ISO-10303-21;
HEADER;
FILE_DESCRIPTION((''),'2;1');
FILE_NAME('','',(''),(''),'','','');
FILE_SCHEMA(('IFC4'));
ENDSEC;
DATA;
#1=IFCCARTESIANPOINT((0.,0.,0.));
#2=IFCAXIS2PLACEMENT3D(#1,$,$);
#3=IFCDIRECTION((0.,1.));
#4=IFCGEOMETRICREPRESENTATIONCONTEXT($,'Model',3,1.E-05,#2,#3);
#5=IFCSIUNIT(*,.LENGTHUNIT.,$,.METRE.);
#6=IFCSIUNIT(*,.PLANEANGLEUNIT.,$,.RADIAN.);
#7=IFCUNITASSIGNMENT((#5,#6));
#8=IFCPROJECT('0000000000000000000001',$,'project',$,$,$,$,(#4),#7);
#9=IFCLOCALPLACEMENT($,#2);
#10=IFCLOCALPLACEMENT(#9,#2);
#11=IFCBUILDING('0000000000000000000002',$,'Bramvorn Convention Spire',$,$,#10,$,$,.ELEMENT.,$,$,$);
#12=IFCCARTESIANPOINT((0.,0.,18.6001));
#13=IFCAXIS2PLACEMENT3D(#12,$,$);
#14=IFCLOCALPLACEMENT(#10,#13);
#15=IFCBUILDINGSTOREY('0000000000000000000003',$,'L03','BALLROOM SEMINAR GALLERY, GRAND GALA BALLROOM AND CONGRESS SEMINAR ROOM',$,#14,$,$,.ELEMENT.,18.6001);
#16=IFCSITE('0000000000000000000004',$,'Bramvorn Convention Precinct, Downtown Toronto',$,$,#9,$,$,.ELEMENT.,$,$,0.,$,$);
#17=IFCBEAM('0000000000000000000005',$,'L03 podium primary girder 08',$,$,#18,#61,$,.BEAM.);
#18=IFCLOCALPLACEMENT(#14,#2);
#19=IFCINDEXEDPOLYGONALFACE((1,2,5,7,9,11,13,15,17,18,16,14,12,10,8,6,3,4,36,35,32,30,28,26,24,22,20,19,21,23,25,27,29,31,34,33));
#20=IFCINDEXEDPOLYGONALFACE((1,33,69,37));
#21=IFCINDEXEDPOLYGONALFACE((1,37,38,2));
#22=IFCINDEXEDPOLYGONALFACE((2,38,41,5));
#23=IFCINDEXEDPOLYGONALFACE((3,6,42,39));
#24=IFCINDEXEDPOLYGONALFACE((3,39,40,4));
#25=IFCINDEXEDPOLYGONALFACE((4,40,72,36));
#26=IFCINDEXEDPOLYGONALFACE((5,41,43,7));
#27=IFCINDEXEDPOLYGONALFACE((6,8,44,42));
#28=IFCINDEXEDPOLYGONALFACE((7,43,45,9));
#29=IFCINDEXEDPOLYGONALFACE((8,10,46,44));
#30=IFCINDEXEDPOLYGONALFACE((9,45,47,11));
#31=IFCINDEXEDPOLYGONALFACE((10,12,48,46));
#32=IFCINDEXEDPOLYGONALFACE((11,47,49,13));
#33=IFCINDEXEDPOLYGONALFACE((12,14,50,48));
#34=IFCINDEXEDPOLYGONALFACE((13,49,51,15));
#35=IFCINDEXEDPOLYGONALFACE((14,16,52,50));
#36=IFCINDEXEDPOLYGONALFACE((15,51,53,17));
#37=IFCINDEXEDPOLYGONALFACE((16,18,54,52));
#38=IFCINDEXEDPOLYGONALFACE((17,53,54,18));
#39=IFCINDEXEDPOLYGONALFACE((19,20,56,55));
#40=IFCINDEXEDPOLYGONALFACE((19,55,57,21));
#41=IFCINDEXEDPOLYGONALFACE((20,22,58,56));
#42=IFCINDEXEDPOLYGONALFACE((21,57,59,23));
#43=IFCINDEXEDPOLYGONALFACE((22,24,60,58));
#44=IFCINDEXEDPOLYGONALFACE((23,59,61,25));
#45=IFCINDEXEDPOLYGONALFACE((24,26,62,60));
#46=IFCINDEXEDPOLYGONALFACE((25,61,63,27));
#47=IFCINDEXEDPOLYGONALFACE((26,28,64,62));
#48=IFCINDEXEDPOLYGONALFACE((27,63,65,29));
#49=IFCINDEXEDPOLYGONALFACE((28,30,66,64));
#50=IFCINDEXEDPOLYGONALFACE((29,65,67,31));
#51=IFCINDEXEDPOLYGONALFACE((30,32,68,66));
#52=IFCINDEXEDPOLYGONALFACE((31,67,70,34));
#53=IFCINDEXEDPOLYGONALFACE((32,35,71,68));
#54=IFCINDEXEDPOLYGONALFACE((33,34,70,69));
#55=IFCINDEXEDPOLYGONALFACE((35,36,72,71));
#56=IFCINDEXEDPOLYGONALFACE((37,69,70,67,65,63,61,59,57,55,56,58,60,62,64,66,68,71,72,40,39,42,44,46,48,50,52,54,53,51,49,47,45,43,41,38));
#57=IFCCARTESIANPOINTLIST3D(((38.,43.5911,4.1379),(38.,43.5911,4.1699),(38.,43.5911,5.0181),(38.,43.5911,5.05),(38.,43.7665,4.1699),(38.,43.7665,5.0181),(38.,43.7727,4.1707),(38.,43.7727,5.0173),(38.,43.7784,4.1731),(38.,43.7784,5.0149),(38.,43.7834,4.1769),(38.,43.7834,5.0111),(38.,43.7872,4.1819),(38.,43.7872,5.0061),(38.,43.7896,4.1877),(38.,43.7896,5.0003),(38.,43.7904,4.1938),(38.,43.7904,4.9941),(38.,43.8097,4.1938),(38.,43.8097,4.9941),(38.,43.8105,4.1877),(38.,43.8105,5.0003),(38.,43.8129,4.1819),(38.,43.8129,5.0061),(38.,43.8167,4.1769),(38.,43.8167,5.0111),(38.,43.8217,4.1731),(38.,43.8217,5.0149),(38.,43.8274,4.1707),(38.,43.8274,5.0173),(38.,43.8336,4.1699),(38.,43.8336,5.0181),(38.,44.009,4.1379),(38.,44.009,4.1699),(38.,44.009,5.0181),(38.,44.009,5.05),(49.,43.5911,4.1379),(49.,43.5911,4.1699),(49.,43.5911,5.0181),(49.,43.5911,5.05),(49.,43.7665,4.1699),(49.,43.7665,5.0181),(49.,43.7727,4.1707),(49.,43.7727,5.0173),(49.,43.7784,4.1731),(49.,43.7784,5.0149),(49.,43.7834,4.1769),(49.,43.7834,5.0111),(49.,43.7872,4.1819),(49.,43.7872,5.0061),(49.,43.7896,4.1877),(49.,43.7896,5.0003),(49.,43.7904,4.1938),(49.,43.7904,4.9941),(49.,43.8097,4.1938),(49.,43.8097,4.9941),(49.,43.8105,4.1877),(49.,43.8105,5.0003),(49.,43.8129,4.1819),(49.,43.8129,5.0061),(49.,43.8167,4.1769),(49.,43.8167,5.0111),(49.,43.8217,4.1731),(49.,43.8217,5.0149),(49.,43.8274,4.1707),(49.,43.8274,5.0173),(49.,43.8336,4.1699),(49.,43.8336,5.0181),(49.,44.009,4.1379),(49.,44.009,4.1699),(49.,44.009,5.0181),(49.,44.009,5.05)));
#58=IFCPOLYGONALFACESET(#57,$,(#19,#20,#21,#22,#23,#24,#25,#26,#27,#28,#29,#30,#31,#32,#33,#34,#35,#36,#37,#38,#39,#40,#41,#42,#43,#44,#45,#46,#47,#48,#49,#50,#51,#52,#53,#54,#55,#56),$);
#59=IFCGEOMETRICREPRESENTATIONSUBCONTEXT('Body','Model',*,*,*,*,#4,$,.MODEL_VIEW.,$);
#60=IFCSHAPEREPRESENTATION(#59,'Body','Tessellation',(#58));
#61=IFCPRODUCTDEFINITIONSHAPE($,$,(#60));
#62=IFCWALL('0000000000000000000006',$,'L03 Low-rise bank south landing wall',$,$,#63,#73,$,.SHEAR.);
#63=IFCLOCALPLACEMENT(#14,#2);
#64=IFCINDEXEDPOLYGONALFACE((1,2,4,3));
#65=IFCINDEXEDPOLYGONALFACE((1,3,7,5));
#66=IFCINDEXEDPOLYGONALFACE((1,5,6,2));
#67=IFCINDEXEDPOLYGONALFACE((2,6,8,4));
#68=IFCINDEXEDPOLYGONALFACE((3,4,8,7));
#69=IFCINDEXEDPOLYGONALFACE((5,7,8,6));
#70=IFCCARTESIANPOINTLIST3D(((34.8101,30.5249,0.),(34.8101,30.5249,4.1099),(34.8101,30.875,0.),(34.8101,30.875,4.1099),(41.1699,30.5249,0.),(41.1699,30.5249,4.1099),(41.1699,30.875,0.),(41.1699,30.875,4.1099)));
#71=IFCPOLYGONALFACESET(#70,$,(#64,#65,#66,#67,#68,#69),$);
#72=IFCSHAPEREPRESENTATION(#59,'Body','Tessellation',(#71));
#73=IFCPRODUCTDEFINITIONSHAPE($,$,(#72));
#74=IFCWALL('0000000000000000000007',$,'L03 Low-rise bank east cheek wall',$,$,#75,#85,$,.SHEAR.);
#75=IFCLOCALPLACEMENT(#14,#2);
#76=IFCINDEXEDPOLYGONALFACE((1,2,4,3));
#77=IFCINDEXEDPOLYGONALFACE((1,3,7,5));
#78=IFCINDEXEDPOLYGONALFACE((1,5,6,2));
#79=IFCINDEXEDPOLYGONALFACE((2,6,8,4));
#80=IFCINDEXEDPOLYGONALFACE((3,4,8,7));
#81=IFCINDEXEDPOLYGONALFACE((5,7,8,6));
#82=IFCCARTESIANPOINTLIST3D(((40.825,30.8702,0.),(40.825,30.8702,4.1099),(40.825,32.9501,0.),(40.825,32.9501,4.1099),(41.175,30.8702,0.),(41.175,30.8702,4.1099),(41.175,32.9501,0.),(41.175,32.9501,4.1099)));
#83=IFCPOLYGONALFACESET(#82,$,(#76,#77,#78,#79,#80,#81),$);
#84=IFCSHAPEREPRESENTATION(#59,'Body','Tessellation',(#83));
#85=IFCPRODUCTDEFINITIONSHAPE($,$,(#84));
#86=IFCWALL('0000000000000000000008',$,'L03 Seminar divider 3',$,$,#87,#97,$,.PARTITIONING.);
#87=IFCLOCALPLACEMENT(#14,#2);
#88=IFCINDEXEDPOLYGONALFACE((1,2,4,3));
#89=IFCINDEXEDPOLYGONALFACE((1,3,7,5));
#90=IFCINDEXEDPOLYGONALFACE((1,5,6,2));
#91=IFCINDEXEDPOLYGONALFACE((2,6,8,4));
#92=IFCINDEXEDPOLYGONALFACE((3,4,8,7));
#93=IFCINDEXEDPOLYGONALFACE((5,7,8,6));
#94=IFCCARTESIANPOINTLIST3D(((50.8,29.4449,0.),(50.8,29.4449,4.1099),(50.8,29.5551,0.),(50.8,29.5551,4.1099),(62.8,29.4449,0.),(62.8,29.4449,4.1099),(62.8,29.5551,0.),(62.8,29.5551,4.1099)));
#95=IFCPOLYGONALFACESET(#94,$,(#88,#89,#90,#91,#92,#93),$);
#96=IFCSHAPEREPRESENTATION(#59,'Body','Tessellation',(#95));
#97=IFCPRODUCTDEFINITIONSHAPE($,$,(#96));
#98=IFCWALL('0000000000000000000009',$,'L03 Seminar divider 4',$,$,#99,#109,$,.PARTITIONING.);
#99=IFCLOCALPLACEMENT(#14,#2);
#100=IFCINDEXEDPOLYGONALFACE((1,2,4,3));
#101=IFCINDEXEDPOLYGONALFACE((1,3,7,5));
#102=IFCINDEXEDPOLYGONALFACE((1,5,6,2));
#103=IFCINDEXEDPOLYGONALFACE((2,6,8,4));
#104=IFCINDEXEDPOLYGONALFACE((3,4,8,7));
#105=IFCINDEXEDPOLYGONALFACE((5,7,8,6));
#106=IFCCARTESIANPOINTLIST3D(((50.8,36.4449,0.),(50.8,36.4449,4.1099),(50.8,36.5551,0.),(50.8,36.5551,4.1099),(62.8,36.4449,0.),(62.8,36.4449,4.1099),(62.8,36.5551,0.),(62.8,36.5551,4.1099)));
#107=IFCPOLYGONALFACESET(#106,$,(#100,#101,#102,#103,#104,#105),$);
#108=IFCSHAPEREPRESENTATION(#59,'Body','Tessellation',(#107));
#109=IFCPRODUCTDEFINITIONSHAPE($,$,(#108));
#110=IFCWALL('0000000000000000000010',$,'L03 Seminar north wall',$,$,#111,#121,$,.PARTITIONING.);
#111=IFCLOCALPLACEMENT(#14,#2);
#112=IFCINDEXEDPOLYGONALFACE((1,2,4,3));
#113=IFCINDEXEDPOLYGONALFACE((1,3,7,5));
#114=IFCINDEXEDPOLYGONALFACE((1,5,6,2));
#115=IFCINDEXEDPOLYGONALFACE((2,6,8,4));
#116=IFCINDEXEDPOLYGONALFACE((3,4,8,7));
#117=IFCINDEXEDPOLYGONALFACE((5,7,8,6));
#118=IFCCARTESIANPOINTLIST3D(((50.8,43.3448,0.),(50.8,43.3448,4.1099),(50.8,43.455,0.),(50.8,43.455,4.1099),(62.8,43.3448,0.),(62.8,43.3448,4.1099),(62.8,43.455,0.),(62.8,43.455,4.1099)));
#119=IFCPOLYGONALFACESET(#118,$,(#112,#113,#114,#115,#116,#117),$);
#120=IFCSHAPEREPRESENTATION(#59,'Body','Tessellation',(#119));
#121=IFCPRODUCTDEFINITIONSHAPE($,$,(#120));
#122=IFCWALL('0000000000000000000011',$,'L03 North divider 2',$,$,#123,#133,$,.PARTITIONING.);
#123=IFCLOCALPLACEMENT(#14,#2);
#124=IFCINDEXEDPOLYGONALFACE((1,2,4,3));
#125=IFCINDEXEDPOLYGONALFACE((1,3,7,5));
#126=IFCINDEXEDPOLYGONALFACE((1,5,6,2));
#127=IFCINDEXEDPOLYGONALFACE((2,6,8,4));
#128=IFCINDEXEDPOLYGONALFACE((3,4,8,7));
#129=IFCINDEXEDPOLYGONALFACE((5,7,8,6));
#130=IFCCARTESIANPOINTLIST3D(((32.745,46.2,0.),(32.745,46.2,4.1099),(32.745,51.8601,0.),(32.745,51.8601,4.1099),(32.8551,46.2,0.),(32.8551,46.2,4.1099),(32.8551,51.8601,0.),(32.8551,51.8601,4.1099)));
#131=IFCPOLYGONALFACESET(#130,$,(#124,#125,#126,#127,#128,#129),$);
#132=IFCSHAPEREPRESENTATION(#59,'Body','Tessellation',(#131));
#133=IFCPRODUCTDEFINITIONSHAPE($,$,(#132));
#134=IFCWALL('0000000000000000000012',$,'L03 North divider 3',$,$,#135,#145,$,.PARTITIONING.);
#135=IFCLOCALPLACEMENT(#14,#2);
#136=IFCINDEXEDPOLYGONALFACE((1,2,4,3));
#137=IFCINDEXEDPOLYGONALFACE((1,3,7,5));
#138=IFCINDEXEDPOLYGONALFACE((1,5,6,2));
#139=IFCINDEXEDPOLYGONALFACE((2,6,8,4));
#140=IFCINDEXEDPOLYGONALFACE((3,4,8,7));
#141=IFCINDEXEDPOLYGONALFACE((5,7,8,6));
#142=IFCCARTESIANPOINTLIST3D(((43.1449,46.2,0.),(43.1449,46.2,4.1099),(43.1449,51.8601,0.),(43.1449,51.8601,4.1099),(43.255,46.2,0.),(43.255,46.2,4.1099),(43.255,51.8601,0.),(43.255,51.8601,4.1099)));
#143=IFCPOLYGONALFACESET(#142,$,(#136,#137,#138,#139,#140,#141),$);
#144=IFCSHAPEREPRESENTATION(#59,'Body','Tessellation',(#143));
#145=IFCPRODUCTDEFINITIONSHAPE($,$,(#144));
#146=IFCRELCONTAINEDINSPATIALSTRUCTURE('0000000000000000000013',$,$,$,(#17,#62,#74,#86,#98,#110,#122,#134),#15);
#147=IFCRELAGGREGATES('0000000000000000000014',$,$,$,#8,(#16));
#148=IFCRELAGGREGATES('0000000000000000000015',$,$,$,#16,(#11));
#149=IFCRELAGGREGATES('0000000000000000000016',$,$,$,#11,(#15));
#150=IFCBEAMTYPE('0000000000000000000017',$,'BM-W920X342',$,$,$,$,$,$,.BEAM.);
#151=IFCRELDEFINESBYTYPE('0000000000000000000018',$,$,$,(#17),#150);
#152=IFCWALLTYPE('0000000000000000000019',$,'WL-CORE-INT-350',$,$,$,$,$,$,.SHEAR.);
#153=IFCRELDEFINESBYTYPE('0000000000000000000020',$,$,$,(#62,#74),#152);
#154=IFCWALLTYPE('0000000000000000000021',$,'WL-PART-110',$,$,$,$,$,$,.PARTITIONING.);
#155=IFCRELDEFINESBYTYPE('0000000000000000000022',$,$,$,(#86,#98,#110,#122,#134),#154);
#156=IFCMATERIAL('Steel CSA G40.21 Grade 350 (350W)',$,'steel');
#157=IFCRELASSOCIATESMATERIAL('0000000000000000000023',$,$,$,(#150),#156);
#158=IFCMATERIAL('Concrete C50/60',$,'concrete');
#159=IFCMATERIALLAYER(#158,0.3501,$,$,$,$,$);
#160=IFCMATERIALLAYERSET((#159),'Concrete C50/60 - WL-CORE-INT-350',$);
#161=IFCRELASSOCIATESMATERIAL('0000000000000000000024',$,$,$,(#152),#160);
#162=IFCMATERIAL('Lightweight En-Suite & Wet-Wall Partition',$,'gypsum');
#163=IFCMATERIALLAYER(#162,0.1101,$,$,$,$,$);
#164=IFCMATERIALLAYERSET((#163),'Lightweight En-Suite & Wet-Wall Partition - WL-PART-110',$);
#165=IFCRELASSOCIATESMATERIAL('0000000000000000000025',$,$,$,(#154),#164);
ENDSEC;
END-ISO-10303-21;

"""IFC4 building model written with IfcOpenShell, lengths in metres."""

from ifc_helpers import new_model, si_unit, direction, frame, frame_2d, origin, origin_2d, place, context, subcontext, project, spatial, rectangle, i_section, extrude, material, layer, layer_set, material_profile, profile_set, type_object, element, save


model = new_model("IFC4")

# Units and contexts
model_context = context("Model", 3, precision=1e-05, world=origin(), true_north=direction((0.0, 1.0)))
body_context = subcontext(model_context, "Body", "Model", "MODEL_VIEW")
ifc_project = project(units=[si_unit("LENGTHUNIT", "METRE"), si_unit("PLANEANGLEUNIT", "RADIAN")], contexts=[model_context])

# Site, building, storey
site_placement = place(None, origin())
site = spatial("IfcSite", under=ifc_project, at=site_placement, Name="Bramvorn Convention Precinct, Downtown Toronto", CompositionType="ELEMENT", RefElevation=0.0)
building_placement = place(site_placement, origin())
building = spatial("IfcBuilding", under=site, at=building_placement, Name="Bramvorn Convention Spire", CompositionType="ELEMENT")
storey_placement = place(building_placement, frame((0.0, 0.0, 18.6001)))
storey = spatial("IfcBuildingStorey", under=building, at=storey_placement, Name="L03", Description="BALLROOM SEMINAR GALLERY, GRAND GALA BALLROOM AND CONGRESS SEMINAR ROOM", CompositionType="ELEMENT", Elevation=18.6001)

# Shared definitions
ifc_material_1 = material(Name="Steel CSA G40.21 Grade 350 (350W)", Category="steel")

# Beam
ifc_material_profile_1 = material_profile(ifc_material_1, i_section(OverallWidth=0.418, OverallDepth=0.9121, WebThickness=0.0193, FlangeThickness=0.032, FilletRadius=0.0239, at=origin_2d()))
ifc_profile_set_1 = profile_set([ifc_material_profile_1], Name="Steel CSA G40.21 Grade 350 (350W) - W920X342")
beam_type_1 = type_object("IfcBeamType", Name="BM-W920X342", PredefinedType="BEAM", material=ifc_profile_set_1)
beam_1_placement = place(storey_placement, frame((38.0, 43.8, 4.594), z_axis=(1.0, 0.0, 0.0), x_axis=(0.0, 1.0, 0.0)))
element("IfcBeam", 1, at=beam_1_placement, inside=storey, type_object=beam_type_1, Name="L03 podium primary girder 08", PredefinedType="BEAM", context=body_context, shape_type="SweptSolid", body=[
    extrude(i_section(OverallWidth=0.418, OverallDepth=0.9121, WebThickness=0.0193, FlangeThickness=0.032, FilletRadius=0.0239, at=origin_2d()), origin(), (0.0, 0.0, 1.0), 11.0),
])

# Shared definitions
ifc_material_2 = material(Name="Concrete C50/60", Category="concrete")
ifc_layer_1 = layer(ifc_material_2, 0.3501)
ifc_layer_set_1 = layer_set([ifc_layer_1], Name="Concrete C50/60 - WL-CORE-INT-350")
wall_type_1 = type_object("IfcWallType", Name="WL-CORE-INT-350", PredefinedType="SHEAR", material=ifc_layer_set_1)

# Walls
wall_1_placement = place(storey_placement, frame((34.8101, 30.7, 0.0), z_axis=(0.0, 0.0, 1.0), x_axis=(1.0, 0.0, 0.0)))
element("IfcWall", 2, at=wall_1_placement, inside=storey, type_object=wall_type_1, Name="L03 Low-rise bank south landing wall", PredefinedType="SHEAR", context=body_context, shape_type="SweptSolid", body=[
    extrude(rectangle(XDim=6.3599, YDim=0.3501, at=frame_2d((3.1799, 0.0))), origin(), (0.0, 0.0, 1.0), 4.1099),
])
wall_2_placement = place(storey_placement, frame((41.0, 30.8701, 0.0), z_axis=(0.0, 0.0, 1.0), x_axis=(0.0, 1.0, 0.0)))
element("IfcWall", 3, at=wall_2_placement, inside=storey, type_object=wall_type_1, Name="L03 Low-rise bank east cheek wall", PredefinedType="SHEAR", context=body_context, shape_type="SweptSolid", body=[
    extrude(rectangle(XDim=2.0798, YDim=0.3501, at=frame_2d((1.04, 0.0))), origin(), (0.0, 0.0, 1.0), 4.1099),
])
ifc_material_3 = material(Name="Lightweight En-Suite & Wet-Wall Partition", Category="gypsum")
ifc_layer_2 = layer(ifc_material_3, 0.1101)
ifc_layer_set_2 = layer_set([ifc_layer_2], Name="Lightweight En-Suite & Wet-Wall Partition - WL-PART-110")
wall_type_2 = type_object("IfcWallType", Name="WL-PART-110", PredefinedType="PARTITIONING", material=ifc_layer_set_2)
for number, where, z_axis, x_axis, name in (
    (4, (50.8, 29.5, 0.0), (0.0, 0.0, 1.0), (1.0, 0.0, 0.0), "L03 Seminar divider 3"),
    (5, (50.8, 36.5, 0.0), (0.0, 0.0, 1.0), (1.0, 0.0, 0.0), "L03 Seminar divider 4"),
    (6, (50.8, 43.3999, 0.0), (0.0, 0.0, 1.0), (1.0, 0.0, 0.0), "L03 Seminar north wall"),
):
    element("IfcWall", number, at=place(storey_placement, frame(where, z_axis=z_axis, x_axis=x_axis)), inside=storey, type_object=wall_type_2, Name=name, PredefinedType="PARTITIONING", context=body_context, shape_type="SweptSolid", body=[
        extrude(rectangle(XDim=12.0, YDim=0.1101, at=frame_2d((6.0, 0.0))), origin(), (0.0, 0.0, 1.0), 4.1099),
    ])
for number, where, z_axis, x_axis, name in (
    (7, (32.8, 46.2, 0.0), (0.0, 0.0, 1.0), (0.0, 1.0, 0.0), "L03 North divider 2"),
    (8, (43.2, 46.2, 0.0), (0.0, 0.0, 1.0), (0.0, 1.0, 0.0), "L03 North divider 3"),
):
    element("IfcWall", number, at=place(storey_placement, frame(where, z_axis=z_axis, x_axis=x_axis)), inside=storey, type_object=wall_type_2, Name=name, PredefinedType="PARTITIONING", context=body_context, shape_type="SweptSolid", body=[
        extrude(rectangle(XDim=5.6602, YDim=0.1101, at=frame_2d((2.8301, 0.0))), origin(), (0.0, 0.0, 1.0), 4.1099),
    ])

save(model, "model.ifc")
